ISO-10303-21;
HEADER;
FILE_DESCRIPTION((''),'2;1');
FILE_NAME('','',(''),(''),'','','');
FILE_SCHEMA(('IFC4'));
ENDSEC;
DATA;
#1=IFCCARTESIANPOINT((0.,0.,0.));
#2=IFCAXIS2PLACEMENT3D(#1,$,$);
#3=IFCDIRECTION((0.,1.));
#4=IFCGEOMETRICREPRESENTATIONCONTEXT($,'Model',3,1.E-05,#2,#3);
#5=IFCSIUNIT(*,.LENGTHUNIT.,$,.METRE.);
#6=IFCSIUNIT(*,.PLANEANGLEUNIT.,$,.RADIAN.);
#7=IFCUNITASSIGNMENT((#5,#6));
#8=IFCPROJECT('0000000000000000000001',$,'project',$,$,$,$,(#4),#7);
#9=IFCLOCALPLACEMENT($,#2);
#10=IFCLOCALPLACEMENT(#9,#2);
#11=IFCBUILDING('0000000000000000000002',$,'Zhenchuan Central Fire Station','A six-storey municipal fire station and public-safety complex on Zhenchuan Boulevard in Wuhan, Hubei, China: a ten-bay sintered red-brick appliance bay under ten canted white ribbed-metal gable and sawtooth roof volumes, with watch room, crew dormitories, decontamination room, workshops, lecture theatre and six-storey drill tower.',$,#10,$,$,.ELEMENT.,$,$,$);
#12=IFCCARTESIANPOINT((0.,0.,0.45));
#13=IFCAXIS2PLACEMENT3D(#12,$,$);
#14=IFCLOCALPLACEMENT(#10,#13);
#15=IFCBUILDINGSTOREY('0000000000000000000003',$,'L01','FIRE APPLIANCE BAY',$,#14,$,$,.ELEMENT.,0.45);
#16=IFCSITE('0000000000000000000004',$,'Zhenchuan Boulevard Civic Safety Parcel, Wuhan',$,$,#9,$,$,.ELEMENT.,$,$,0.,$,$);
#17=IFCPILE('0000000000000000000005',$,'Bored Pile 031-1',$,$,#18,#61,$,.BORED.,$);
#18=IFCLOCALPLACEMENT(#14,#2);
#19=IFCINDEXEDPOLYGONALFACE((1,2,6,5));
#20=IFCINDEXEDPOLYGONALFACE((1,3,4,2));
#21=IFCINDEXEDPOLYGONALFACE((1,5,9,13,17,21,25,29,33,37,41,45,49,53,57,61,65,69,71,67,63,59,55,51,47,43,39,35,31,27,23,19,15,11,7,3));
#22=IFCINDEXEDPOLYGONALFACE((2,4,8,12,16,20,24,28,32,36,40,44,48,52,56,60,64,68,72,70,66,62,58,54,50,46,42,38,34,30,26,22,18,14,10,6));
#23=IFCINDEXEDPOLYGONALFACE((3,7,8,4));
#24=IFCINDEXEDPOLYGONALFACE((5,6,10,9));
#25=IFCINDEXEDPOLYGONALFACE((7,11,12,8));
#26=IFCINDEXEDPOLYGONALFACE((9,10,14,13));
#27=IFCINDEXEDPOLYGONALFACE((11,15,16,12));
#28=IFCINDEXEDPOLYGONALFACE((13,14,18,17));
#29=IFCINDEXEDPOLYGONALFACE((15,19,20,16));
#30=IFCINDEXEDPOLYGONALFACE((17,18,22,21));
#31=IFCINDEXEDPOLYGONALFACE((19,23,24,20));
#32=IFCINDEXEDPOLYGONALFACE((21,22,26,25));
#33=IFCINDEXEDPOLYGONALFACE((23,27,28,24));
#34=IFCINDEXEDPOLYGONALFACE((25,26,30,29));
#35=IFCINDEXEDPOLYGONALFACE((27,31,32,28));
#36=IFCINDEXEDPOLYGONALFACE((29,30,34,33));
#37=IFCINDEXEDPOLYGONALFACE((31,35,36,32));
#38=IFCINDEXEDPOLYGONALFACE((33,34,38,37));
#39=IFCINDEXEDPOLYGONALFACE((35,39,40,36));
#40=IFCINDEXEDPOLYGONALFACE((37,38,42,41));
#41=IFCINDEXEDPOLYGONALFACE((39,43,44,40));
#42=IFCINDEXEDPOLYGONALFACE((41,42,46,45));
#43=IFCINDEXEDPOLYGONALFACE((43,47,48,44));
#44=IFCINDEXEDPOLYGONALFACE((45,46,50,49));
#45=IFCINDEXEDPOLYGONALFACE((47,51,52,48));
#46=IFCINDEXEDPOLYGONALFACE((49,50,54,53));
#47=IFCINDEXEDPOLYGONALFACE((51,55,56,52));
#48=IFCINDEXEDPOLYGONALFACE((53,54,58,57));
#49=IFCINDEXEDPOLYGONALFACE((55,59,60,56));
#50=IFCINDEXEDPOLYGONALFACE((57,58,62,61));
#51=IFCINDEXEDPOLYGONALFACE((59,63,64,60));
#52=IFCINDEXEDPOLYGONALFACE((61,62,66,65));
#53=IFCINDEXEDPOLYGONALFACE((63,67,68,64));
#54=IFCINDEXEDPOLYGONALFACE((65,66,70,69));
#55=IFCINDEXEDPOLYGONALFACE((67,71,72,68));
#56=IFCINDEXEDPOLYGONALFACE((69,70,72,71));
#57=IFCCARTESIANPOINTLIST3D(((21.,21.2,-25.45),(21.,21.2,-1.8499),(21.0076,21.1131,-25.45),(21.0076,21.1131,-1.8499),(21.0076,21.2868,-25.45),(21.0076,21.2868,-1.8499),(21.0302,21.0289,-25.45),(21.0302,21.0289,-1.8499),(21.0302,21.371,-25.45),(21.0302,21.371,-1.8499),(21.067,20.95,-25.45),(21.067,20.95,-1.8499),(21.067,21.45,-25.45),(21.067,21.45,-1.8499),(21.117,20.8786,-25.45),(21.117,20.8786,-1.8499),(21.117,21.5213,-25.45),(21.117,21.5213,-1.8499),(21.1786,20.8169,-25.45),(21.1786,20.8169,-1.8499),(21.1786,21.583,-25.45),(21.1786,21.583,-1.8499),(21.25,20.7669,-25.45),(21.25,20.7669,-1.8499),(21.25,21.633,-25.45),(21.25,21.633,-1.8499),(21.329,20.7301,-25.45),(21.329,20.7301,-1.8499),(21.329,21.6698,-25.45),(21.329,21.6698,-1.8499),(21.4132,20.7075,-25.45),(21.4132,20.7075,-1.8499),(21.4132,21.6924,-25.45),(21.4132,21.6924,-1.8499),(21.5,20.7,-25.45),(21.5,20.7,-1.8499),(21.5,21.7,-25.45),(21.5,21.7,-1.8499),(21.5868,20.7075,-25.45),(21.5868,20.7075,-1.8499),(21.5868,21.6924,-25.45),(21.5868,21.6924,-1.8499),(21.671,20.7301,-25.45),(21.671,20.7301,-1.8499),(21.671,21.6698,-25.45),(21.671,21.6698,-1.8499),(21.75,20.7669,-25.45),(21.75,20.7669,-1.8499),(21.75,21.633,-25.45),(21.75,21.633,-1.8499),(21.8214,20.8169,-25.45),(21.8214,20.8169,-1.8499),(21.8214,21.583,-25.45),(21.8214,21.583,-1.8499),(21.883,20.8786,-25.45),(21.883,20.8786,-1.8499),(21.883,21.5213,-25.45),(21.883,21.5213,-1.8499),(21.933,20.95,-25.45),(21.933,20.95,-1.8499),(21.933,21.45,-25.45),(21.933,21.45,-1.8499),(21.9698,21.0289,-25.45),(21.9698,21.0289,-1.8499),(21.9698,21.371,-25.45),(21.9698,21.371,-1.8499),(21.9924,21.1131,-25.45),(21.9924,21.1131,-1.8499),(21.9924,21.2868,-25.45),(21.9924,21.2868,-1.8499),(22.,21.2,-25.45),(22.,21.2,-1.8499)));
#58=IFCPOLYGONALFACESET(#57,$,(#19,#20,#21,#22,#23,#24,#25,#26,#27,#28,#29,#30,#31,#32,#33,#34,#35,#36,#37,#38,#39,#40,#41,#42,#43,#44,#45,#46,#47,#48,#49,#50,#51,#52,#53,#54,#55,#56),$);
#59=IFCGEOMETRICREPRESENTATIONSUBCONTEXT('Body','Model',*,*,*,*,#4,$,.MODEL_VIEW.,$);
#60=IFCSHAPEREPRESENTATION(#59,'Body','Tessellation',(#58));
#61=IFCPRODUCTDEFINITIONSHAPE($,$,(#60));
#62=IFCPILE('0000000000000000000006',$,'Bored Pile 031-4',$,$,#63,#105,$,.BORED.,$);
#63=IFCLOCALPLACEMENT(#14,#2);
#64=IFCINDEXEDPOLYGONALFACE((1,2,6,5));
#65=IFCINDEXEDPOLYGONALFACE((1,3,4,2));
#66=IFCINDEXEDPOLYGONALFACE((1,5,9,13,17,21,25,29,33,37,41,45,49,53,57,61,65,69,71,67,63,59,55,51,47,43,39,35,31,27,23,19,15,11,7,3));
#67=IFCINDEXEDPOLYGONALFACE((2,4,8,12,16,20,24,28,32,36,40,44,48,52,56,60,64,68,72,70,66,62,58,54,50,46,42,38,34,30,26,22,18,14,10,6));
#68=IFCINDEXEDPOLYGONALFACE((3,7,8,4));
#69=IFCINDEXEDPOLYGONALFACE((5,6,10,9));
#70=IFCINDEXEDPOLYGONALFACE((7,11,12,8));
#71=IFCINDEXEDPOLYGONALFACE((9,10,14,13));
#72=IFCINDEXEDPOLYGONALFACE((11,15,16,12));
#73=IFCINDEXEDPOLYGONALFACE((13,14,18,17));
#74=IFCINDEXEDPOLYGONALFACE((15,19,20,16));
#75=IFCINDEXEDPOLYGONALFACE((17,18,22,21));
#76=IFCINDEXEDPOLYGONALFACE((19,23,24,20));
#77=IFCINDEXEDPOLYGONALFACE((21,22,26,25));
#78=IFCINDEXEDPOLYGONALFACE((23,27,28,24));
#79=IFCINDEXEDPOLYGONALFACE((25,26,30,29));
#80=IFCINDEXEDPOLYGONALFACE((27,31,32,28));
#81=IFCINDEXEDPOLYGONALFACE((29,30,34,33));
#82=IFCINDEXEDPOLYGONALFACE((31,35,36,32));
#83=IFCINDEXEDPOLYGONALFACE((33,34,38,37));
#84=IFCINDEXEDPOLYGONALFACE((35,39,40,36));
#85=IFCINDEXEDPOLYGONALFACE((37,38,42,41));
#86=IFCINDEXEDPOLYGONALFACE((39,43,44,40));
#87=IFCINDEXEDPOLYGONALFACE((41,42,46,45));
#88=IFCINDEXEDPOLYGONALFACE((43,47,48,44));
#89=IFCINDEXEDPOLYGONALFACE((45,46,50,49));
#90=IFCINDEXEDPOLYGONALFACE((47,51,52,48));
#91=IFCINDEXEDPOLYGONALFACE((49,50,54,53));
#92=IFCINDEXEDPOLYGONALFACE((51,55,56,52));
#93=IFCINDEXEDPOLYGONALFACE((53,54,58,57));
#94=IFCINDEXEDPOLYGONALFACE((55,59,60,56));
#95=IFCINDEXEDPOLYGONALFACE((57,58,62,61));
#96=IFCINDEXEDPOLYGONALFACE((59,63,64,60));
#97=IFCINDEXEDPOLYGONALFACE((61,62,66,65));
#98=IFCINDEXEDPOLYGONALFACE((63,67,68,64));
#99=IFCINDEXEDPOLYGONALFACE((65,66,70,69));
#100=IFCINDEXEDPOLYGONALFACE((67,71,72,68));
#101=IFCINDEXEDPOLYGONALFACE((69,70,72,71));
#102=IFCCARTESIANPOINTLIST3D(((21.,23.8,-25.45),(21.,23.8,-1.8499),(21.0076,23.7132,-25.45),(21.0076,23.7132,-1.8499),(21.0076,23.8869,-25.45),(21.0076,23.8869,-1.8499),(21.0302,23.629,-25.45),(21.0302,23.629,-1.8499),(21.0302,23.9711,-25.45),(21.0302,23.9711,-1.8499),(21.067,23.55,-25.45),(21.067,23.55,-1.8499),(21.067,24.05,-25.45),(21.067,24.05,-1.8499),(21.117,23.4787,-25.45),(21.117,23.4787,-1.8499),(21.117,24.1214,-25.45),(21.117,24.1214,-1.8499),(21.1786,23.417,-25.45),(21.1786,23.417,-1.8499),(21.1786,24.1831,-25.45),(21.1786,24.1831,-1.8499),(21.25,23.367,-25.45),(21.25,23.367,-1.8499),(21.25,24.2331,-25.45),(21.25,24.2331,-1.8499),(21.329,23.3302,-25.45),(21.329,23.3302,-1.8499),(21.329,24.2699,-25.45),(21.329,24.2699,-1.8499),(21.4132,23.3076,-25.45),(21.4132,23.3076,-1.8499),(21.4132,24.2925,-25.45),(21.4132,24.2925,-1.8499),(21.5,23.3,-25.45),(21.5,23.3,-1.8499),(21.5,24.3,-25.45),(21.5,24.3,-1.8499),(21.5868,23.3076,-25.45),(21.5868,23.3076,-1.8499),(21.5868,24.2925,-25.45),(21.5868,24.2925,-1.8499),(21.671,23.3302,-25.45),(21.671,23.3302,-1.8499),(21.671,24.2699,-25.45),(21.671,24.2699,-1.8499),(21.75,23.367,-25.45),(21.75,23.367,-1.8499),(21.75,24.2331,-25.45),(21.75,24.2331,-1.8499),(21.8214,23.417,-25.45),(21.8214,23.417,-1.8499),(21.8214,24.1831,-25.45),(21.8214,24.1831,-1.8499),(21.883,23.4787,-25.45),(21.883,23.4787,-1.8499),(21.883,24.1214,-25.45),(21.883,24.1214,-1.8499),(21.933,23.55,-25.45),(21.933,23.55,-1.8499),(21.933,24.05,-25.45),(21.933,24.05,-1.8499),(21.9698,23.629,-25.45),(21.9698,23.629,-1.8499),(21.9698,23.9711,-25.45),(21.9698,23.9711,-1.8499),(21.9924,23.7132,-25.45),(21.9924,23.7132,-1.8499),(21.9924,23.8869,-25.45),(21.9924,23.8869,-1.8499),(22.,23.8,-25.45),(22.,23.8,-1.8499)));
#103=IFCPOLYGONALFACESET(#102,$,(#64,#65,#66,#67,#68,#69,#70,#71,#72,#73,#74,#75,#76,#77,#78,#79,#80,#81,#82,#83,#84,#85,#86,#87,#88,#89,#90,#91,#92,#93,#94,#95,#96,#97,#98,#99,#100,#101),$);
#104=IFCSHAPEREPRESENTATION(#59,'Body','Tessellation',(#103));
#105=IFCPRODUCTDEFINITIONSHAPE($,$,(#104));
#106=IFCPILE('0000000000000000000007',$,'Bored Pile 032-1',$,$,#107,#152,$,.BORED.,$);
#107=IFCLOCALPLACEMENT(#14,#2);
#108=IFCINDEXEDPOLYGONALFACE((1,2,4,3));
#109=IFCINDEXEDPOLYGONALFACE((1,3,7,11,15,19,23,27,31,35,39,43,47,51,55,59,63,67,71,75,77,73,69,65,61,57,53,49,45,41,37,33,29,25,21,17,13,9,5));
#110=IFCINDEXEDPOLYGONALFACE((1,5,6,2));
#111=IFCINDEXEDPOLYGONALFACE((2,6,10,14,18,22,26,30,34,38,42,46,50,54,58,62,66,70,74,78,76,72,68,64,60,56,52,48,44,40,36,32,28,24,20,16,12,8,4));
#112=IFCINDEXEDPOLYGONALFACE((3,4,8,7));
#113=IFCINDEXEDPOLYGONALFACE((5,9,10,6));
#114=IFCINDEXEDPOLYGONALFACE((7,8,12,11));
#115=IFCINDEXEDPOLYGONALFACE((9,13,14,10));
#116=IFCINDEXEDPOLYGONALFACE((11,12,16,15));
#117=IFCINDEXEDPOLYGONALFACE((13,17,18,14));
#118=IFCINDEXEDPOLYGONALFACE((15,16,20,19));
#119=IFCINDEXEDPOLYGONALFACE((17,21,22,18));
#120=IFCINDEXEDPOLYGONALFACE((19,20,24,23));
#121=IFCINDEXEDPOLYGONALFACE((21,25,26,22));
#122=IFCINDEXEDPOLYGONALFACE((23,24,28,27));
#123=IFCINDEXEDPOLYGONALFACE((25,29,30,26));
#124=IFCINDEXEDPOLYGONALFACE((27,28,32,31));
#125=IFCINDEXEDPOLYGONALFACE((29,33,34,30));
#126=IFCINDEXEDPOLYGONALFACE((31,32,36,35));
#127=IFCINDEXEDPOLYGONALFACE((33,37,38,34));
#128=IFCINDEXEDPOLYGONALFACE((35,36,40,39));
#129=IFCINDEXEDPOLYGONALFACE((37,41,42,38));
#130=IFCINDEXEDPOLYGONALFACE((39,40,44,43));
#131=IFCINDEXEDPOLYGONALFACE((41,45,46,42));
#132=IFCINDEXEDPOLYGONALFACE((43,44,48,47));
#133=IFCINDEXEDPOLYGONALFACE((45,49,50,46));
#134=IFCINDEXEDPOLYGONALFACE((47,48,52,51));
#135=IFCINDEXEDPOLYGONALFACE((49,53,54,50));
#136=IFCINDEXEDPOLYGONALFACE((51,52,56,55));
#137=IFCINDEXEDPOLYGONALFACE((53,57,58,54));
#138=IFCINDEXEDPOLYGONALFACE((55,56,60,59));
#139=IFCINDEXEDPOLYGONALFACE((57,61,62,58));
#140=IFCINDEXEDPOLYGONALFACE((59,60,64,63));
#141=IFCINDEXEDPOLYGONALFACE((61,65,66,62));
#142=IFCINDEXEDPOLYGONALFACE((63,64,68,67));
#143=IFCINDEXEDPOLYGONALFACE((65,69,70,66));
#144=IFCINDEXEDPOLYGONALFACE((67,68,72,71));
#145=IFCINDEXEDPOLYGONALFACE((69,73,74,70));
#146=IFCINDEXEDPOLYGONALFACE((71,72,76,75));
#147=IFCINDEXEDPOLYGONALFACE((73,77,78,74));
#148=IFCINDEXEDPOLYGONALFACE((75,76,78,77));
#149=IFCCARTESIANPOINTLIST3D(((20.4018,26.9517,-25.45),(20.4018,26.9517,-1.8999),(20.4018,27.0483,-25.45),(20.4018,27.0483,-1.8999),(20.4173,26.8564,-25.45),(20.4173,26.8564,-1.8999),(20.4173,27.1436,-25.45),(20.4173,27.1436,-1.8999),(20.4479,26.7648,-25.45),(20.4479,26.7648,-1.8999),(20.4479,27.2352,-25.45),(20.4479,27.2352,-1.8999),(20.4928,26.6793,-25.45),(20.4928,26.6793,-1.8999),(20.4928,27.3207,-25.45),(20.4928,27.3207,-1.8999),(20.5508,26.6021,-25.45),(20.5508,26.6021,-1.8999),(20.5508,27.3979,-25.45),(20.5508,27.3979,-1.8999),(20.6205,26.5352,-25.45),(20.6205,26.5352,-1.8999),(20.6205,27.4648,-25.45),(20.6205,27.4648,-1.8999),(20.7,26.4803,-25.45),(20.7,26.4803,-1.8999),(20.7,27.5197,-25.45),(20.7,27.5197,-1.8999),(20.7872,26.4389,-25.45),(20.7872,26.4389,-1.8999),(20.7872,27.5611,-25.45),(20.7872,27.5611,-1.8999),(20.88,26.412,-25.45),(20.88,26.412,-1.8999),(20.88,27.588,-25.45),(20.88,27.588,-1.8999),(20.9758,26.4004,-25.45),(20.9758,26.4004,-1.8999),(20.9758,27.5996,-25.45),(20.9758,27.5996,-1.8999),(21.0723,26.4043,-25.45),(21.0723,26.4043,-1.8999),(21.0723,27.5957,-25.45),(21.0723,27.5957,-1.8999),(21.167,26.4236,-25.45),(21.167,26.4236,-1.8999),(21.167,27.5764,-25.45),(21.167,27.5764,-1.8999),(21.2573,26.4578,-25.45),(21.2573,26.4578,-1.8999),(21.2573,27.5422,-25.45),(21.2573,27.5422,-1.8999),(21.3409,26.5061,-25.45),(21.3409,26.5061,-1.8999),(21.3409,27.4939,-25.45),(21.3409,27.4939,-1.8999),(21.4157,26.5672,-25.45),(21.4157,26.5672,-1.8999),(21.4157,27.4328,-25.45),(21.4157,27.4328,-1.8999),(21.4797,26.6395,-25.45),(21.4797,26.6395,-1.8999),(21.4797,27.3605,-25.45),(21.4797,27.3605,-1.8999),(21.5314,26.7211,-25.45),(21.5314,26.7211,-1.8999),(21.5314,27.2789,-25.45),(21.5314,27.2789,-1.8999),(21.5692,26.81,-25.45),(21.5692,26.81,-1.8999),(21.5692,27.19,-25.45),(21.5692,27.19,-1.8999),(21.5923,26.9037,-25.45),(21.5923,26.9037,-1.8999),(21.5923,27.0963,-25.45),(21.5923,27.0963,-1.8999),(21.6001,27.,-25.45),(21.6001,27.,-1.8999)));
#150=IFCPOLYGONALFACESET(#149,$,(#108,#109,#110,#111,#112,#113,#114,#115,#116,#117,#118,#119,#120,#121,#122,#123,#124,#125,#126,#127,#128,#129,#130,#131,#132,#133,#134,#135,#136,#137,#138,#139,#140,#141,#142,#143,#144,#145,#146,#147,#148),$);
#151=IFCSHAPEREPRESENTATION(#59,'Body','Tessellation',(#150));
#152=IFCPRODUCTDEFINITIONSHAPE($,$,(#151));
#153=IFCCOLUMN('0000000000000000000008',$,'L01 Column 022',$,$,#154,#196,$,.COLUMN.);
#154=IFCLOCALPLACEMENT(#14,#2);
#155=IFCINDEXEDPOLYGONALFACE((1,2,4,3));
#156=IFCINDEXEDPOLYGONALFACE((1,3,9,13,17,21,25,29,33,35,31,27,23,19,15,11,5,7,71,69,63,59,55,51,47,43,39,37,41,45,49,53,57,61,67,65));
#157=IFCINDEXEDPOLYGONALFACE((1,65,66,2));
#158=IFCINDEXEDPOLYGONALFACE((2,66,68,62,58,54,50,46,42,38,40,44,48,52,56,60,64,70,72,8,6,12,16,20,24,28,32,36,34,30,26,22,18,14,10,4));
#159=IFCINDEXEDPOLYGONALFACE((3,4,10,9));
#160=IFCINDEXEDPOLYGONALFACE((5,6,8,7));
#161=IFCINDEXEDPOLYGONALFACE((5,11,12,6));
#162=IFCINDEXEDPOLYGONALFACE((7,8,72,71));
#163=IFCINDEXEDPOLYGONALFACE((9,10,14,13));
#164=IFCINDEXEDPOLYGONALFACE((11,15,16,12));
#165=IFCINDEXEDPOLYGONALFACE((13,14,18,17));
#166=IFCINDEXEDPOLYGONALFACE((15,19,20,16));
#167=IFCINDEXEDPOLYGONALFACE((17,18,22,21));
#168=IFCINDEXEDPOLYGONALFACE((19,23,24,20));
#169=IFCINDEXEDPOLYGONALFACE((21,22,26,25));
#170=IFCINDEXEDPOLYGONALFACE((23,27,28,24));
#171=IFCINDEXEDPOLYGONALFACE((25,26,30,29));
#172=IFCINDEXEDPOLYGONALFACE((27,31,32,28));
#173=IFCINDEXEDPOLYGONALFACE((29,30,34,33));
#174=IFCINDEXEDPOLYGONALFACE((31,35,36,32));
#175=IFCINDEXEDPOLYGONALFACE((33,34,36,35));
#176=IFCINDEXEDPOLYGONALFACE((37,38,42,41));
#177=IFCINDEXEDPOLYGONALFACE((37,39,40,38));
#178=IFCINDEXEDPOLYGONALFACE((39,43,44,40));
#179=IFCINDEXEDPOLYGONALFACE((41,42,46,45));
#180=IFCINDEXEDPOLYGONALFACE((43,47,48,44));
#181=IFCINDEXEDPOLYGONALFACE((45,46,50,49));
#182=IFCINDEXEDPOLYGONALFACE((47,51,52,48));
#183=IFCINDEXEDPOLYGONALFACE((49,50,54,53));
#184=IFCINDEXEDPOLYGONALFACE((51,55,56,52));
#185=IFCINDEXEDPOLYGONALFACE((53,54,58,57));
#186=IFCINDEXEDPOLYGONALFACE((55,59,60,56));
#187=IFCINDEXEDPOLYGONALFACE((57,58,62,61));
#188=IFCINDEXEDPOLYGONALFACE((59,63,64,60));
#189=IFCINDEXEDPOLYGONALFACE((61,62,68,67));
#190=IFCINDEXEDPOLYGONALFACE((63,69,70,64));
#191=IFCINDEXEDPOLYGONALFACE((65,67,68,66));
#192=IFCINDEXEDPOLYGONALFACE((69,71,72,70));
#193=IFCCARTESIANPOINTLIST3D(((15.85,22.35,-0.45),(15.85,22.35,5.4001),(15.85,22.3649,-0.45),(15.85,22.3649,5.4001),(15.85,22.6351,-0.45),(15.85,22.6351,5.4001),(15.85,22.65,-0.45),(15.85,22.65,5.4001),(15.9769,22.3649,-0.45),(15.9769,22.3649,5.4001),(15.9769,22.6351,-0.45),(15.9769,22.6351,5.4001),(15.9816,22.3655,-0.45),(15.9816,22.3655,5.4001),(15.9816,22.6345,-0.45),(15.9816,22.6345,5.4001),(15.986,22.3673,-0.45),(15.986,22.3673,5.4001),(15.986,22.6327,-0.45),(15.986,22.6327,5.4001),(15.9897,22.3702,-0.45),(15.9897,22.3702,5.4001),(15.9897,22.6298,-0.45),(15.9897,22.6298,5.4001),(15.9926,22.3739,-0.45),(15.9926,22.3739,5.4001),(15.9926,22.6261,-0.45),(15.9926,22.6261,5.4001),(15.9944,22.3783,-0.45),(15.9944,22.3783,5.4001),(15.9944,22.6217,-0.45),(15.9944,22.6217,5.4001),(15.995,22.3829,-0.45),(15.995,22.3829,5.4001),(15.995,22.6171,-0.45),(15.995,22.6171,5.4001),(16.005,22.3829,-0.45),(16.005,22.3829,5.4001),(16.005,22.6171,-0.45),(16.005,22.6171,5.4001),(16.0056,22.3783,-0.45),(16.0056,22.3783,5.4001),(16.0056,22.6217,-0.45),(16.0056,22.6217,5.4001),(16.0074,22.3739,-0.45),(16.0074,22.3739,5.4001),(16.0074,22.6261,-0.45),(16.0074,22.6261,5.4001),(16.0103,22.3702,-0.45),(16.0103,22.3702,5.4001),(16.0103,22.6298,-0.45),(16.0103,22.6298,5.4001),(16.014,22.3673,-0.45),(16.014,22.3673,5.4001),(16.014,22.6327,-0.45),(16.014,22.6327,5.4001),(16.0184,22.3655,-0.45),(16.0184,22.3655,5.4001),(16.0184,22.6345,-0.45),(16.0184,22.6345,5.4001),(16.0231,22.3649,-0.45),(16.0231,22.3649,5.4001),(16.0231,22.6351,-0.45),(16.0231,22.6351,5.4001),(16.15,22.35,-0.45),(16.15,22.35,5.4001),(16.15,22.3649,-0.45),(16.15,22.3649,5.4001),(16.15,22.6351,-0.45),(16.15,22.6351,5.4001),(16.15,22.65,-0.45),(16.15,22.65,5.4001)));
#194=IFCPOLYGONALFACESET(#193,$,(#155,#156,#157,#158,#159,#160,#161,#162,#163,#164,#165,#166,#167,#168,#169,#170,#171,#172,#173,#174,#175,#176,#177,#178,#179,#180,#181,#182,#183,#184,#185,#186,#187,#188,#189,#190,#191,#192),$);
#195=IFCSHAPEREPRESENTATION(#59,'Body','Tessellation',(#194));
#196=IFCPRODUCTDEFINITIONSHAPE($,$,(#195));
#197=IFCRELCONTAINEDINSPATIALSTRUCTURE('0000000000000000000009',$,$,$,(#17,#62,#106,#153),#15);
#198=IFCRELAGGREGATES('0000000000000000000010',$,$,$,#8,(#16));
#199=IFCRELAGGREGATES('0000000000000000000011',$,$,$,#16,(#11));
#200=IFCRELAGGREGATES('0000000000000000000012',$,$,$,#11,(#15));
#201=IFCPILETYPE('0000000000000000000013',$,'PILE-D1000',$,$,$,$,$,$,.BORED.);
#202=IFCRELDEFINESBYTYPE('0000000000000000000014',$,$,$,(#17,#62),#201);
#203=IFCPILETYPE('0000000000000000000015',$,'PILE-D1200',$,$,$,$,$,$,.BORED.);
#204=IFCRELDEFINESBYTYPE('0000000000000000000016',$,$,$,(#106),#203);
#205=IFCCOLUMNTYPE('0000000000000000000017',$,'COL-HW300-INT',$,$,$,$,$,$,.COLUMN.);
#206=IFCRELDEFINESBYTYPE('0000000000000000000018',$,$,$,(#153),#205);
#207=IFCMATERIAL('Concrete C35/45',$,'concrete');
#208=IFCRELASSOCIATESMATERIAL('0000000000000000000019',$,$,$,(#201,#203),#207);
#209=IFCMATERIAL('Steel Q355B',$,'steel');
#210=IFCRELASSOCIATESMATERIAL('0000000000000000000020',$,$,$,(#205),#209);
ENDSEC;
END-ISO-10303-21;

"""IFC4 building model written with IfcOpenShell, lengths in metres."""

from ifc_helpers import new_model, si_unit, direction, frame, origin, origin_2d, place, context, subcontext, project, spatial, circle, i_section, extrude, material, material_profile, profile_set, type_object, element, save


model = new_model("IFC4")

# Units and contexts
model_context = context("Model", 3, precision=1e-05, world=origin(), true_north=direction((0.0, 1.0)))
body_context = subcontext(model_context, "Body", "Model", "MODEL_VIEW")
ifc_project = project(units=[si_unit("LENGTHUNIT", "METRE"), si_unit("PLANEANGLEUNIT", "RADIAN")], contexts=[model_context])

# Site, building, storey
site_placement = place(None, origin())
site = spatial("IfcSite", under=ifc_project, at=site_placement, Name="Zhenchuan Boulevard Civic Safety Parcel, Wuhan", CompositionType="ELEMENT", RefElevation=0.0)
building_placement = place(site_placement, origin())
building = spatial("IfcBuilding", under=site, at=building_placement, Name="Zhenchuan Central Fire Station", Description="A six-storey municipal fire station and public-safety complex on Zhenchuan Boulevard in Wuhan, Hubei, China: a ten-bay sintered red-brick appliance bay under ten canted white ribbed-metal gable and sawtooth roof volumes, with watch room, crew dormitories, decontamination room, workshops, lecture theatre and six-storey drill tower.", CompositionType="ELEMENT")
storey_placement = place(building_placement, frame((0.0, 0.0, 0.45)))
storey = spatial("IfcBuildingStorey", under=building, at=storey_placement, Name="L01", Description="FIRE APPLIANCE BAY", CompositionType="ELEMENT", Elevation=0.45)

# Piles
ifc_material_1 = material(Name="Concrete C35/45", Category="concrete")
ifc_material_profile_1 = material_profile(ifc_material_1, circle(Radius=0.5, at=origin_2d()), Name="PILE D1000")
ifc_profile_set_1 = profile_set([ifc_material_profile_1], Name="Concrete C35/45")
pile_type_1 = type_object("IfcPileType", Name="PILE-D1000", PredefinedType="BORED", material=ifc_profile_set_1)
for number, where, z_axis, x_axis, name in (
    (1, (21.5, 21.2, -1.8499), (0.0, 0.0, -1.0), (1.0, 0.0, 0.0), "Bored Pile 031-1"),
    (2, (21.5, 23.8, -1.8499), (0.0, 0.0, -1.0), (1.0, 0.0, 0.0), "Bored Pile 031-4"),
):
    element("IfcPile", number, at=place(storey_placement, frame(where, z_axis=z_axis, x_axis=x_axis)), inside=storey, type_object=pile_type_1, Name=name, PredefinedType="BORED", context=body_context, shape_type="SweptSolid", body=[
        extrude(circle(Radius=0.5, at=origin_2d()), origin(), (0.0, 0.0, 1.0), 23.6001),
    ])
ifc_material_profile_2 = material_profile(ifc_material_1, circle(Radius=0.6001, at=origin_2d()), Name="PILE D1200")
ifc_profile_set_2 = profile_set([ifc_material_profile_2], Name="Concrete C35/45")
pile_type_2 = type_object("IfcPileType", Name="PILE-D1200", PredefinedType="BORED", material=ifc_profile_set_2)
pile_1_placement = place(storey_placement, frame((21.0, 27.0, -1.8999), z_axis=(0.0, 0.0, -1.0), x_axis=(1.0, 0.0, 0.0)))
element("IfcPile", 3, at=pile_1_placement, inside=storey, type_object=pile_type_2, Name="Bored Pile 032-1", PredefinedType="BORED", context=body_context, shape_type="SweptSolid", body=[
    extrude(circle(Radius=0.6001, at=origin_2d()), origin(), (0.0, 0.0, 1.0), 23.55),
])

# Column
ifc_material_2 = material(Name="Steel Q355B", Category="steel")
ifc_material_profile_3 = material_profile(ifc_material_2, i_section(OverallWidth=0.3, OverallDepth=0.3, WebThickness=0.01, FlangeThickness=0.0149, FilletRadius=0.0181, at=origin_2d()), Name="HW 300x300")
ifc_profile_set_3 = profile_set([ifc_material_profile_3], Name="Steel Q355B")
column_type = type_object("IfcColumnType", Name="COL-HW300-INT", PredefinedType="COLUMN", material=ifc_profile_set_3)
column_placement = place(storey_placement, frame((16.0, 22.5, -0.45), z_axis=(0.0, 0.0, 1.0), x_axis=(1.0, 0.0, 0.0)))
element("IfcColumn", 4, at=column_placement, inside=storey, type_object=column_type, Name="L01 Column 022", PredefinedType="COLUMN", context=body_context, shape_type="SweptSolid", body=[
    extrude(i_section(OverallWidth=0.3, OverallDepth=0.3, WebThickness=0.01, FlangeThickness=0.0149, FilletRadius=0.0181, at=origin_2d()), origin(), (0.0, 0.0, 1.0), 5.8501),
])

save(model, "model.ifc")
